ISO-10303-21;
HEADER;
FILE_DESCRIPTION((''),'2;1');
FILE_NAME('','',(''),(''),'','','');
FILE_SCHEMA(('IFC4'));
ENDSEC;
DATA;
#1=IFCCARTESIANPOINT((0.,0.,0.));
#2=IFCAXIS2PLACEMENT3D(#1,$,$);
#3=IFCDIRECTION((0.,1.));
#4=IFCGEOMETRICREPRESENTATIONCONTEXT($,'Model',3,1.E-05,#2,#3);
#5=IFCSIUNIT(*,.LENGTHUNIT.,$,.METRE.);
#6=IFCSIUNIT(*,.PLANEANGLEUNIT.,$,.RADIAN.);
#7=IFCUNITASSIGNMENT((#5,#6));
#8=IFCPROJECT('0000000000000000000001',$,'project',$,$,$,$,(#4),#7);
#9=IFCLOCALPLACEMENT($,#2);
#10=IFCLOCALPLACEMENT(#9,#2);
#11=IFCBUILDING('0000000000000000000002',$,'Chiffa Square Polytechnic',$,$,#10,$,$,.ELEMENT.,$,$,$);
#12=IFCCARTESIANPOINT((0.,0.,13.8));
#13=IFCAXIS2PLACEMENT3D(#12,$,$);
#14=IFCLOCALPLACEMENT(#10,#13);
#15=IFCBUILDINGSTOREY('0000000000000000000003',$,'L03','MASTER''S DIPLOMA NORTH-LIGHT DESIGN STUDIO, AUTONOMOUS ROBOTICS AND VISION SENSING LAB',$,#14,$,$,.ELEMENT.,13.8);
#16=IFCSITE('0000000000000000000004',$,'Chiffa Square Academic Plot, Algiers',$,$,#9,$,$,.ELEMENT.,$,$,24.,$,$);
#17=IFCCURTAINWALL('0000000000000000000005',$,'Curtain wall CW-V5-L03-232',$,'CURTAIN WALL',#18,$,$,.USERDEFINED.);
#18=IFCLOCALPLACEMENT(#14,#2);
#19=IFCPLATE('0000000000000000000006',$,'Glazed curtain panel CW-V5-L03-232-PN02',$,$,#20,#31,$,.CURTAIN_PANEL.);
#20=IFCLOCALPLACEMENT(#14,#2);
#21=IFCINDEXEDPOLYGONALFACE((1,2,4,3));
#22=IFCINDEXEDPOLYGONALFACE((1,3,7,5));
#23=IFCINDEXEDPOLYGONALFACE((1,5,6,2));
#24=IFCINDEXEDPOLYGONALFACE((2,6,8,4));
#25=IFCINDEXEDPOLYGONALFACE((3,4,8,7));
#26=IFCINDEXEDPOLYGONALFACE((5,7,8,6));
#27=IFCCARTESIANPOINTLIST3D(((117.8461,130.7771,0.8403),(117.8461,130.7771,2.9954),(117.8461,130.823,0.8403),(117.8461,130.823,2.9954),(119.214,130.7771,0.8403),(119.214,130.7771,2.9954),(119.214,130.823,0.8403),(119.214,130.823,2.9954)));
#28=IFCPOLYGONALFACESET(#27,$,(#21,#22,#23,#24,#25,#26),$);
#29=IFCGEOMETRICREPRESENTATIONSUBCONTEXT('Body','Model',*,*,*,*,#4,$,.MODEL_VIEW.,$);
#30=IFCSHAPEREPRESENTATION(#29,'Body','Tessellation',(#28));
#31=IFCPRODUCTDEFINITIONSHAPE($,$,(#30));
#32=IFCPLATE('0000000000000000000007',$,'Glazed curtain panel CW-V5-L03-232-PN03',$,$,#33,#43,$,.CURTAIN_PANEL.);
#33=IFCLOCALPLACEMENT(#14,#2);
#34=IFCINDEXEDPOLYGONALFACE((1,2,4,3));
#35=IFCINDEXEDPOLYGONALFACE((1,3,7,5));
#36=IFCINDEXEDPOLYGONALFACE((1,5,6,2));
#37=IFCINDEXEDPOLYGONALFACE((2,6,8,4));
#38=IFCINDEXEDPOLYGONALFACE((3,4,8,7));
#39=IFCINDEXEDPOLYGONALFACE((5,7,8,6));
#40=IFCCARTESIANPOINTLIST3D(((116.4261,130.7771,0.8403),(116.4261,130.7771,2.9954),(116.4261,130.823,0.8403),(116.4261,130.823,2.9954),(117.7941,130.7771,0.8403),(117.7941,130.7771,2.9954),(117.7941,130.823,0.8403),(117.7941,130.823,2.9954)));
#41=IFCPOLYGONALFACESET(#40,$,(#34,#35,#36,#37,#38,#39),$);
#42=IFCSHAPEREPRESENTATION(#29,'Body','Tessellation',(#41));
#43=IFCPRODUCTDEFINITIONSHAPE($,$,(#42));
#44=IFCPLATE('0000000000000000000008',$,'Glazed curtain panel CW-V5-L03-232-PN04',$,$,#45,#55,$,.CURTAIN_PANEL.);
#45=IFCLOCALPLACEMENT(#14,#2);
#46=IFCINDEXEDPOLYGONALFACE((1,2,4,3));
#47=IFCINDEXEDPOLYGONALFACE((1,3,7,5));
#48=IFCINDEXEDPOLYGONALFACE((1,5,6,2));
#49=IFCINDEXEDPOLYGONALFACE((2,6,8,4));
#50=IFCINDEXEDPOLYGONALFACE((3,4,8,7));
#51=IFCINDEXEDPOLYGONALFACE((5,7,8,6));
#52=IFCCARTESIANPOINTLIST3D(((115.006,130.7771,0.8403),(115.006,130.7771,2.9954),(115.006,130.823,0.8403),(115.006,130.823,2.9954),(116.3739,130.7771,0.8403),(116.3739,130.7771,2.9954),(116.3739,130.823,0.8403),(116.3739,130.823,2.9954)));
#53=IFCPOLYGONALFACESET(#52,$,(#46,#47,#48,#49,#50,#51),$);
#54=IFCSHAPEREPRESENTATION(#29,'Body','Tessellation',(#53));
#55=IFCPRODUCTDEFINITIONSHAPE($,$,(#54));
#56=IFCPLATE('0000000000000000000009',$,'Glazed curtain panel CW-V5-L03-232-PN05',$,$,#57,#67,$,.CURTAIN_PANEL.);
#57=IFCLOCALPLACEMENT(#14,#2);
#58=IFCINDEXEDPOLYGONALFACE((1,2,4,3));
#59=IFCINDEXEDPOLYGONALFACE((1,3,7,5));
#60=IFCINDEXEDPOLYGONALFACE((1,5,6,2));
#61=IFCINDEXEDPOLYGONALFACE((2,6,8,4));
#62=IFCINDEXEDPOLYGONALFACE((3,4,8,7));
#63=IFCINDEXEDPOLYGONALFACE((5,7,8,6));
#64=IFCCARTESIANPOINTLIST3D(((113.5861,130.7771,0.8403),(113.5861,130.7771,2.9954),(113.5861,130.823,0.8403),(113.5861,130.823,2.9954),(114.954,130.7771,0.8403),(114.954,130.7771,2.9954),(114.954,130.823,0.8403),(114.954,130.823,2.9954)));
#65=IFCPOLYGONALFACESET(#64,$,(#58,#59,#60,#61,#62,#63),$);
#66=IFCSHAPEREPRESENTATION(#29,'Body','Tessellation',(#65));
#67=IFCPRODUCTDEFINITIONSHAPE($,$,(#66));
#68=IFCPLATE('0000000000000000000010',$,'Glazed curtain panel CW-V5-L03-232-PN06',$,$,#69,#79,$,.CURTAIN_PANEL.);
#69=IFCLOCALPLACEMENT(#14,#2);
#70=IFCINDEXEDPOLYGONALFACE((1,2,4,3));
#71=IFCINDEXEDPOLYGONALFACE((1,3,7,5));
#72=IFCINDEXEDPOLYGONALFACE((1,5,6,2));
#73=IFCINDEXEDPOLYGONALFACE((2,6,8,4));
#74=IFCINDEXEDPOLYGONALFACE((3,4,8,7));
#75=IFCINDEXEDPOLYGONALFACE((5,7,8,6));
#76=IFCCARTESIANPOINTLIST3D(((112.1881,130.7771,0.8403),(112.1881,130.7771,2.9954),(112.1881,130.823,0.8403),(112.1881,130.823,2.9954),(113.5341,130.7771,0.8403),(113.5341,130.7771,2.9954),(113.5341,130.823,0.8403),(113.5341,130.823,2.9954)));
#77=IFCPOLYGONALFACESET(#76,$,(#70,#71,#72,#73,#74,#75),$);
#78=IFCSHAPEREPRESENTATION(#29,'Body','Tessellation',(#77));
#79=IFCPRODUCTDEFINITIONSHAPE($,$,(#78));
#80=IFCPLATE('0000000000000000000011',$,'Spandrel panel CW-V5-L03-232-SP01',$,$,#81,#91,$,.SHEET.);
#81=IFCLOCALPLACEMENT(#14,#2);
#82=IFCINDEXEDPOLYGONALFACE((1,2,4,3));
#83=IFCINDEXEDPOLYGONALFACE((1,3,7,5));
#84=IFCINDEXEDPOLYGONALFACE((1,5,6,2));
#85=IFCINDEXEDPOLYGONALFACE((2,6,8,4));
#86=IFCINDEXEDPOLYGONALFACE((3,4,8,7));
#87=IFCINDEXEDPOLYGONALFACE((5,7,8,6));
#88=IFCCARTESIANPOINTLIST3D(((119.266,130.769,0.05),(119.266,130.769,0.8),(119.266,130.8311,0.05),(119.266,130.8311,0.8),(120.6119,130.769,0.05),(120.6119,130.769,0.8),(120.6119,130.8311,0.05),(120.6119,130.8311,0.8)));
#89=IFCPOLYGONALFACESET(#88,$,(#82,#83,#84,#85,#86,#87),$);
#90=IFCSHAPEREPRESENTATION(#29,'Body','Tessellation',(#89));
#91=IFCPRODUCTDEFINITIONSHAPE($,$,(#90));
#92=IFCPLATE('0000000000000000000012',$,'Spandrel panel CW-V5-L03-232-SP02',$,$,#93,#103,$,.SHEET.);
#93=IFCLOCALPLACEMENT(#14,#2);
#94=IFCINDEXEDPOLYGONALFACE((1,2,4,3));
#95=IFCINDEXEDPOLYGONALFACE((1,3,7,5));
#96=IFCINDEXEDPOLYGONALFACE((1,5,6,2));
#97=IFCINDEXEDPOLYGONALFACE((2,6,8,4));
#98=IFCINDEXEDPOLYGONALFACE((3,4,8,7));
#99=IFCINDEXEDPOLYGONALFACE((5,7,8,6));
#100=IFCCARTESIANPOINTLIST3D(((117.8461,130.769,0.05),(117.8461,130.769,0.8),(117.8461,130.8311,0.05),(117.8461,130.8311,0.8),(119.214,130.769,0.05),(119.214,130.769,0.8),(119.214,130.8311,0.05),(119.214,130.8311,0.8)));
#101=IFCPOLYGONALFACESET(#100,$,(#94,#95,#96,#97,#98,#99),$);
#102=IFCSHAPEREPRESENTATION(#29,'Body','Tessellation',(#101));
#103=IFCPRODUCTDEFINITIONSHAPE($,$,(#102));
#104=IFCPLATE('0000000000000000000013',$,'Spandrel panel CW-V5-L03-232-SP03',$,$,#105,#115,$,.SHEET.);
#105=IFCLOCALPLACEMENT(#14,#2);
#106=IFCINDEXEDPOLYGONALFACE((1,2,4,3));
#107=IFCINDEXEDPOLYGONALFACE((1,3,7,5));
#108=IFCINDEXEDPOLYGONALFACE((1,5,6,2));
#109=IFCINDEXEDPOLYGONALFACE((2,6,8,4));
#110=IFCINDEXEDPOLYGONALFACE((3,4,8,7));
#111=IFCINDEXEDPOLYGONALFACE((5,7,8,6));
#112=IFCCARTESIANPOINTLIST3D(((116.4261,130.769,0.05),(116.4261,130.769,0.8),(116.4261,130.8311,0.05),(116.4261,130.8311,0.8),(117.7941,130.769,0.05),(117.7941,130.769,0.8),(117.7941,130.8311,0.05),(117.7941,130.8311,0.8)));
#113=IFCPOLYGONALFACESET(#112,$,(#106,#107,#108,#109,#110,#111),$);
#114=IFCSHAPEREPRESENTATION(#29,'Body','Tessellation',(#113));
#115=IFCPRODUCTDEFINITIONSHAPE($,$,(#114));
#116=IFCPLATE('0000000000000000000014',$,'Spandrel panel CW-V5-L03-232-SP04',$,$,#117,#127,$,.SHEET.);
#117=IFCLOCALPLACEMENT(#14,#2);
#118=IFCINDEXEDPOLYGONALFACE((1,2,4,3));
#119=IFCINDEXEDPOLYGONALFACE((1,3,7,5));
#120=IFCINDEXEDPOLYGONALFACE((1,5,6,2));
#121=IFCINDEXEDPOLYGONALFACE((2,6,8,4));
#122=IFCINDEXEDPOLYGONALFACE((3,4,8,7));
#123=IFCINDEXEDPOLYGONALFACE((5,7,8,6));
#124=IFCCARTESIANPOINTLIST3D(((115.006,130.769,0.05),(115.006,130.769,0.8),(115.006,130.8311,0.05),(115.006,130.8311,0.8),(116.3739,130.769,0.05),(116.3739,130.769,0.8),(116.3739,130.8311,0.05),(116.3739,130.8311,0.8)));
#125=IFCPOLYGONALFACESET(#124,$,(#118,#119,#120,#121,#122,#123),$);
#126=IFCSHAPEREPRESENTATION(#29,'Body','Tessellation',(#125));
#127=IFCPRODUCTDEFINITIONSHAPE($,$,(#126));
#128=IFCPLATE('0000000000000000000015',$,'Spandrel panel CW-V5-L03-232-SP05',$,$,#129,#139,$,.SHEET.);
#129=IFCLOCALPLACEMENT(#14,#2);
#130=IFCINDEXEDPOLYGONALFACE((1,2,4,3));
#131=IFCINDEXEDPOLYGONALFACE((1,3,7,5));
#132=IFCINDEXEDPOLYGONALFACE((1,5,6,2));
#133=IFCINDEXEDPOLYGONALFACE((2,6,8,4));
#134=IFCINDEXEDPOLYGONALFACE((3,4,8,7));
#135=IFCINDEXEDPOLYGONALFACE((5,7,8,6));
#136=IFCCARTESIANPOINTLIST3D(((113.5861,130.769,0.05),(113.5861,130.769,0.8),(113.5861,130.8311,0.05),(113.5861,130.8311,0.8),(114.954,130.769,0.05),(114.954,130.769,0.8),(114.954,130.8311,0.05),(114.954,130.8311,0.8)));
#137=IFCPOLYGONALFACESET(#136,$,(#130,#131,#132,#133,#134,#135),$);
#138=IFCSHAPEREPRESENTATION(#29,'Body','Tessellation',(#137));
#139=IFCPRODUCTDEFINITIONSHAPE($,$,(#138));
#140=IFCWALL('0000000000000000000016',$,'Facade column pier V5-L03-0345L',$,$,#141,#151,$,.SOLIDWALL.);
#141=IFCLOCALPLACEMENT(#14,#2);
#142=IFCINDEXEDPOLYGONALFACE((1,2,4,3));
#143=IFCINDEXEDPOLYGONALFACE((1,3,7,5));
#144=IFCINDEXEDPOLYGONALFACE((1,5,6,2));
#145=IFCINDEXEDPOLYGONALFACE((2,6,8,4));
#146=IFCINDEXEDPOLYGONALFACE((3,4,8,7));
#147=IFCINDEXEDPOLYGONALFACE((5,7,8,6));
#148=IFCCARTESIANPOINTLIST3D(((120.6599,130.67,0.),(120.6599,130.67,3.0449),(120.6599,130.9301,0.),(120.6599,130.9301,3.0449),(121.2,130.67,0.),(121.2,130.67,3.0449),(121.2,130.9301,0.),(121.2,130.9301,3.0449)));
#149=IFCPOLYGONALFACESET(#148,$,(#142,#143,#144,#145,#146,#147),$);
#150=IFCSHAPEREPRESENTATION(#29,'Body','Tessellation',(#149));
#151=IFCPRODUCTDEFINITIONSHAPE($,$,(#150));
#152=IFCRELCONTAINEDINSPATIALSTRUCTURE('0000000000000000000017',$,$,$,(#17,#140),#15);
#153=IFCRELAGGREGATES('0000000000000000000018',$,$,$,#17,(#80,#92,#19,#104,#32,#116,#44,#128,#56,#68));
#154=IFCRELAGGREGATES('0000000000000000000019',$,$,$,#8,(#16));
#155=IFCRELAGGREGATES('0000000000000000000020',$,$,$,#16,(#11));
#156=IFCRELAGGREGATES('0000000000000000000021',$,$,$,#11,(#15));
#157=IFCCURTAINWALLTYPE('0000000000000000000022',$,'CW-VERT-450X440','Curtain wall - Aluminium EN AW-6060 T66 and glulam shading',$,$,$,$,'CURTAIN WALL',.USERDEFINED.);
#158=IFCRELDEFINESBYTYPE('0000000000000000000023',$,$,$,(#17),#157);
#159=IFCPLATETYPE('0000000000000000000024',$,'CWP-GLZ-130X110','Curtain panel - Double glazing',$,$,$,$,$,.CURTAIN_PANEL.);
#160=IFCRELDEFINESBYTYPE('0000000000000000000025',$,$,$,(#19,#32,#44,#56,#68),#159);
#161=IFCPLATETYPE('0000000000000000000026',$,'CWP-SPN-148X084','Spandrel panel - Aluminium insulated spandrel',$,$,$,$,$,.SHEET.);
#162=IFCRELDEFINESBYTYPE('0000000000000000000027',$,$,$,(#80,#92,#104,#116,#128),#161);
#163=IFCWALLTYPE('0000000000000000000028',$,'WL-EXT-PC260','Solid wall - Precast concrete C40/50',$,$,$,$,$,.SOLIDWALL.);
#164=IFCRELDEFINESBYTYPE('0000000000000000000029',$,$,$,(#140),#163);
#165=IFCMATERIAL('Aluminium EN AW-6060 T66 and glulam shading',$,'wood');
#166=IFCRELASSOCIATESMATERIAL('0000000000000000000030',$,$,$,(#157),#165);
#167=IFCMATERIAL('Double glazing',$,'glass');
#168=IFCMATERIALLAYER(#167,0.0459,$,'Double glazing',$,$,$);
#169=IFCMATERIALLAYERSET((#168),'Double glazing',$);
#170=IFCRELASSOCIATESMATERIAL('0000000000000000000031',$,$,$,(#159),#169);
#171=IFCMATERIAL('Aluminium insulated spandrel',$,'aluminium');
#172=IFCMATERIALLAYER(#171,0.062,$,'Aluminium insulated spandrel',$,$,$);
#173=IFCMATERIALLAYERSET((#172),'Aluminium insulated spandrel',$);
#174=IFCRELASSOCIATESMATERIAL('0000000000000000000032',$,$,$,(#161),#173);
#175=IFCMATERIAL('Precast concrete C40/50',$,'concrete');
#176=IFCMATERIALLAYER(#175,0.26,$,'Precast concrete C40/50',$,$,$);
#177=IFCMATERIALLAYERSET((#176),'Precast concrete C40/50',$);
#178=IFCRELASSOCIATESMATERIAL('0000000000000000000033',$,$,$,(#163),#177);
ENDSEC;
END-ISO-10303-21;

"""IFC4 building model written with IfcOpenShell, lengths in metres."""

from ifc_helpers import new_model, si_unit, direction, frame, frame_2d, origin, origin_2d, place, context, subcontext, project, spatial, rectangle, extrude, material, layer, layer_set, type_object, element, aggregate, save


model = new_model("IFC4")

# Units and contexts
model_context = context("Model", 3, precision=1e-05, world=origin(), true_north=direction((0.0, 1.0)))
body_context = subcontext(model_context, "Body", "Model", "MODEL_VIEW")
ifc_project = project(units=[si_unit("LENGTHUNIT", "METRE"), si_unit("PLANEANGLEUNIT", "RADIAN")], contexts=[model_context])

# Site, building, storey
site_placement = place(None, origin())
site = spatial("IfcSite", under=ifc_project, at=site_placement, Name="Chiffa Square Academic Plot, Algiers", CompositionType="ELEMENT", RefElevation=24.0)
building_placement = place(site_placement, origin())
building = spatial("IfcBuilding", under=site, at=building_placement, Name="Chiffa Square Polytechnic", CompositionType="ELEMENT")
storey_placement = place(building_placement, frame((0.0, 0.0, 13.8)))
storey = spatial("IfcBuildingStorey", under=building, at=storey_placement, Name="L03", Description="MASTER'S DIPLOMA NORTH-LIGHT DESIGN STUDIO, AUTONOMOUS ROBOTICS AND VISION SENSING LAB", CompositionType="ELEMENT", Elevation=13.8)

# Curtain wall
ifc_material_1 = material(Name="Aluminium EN AW-6060 T66 and glulam shading", Category="wood")
curtain_wall_type = type_object("IfcCurtainWallType", Name="CW-VERT-450X440", Description="Curtain wall - Aluminium EN AW-6060 T66 and glulam shading", ElementType="CURTAIN WALL", PredefinedType="USERDEFINED", material=ifc_material_1)
curtain_wall_placement = place(storey_placement, origin())
curtain_wall = element("IfcCurtainWall", 1, at=curtain_wall_placement, inside=storey, type_object=curtain_wall_type, Name="Curtain wall CW-V5-L03-232", ObjectType="CURTAIN WALL", PredefinedType="USERDEFINED")

# Plates
ifc_material_2 = material(Name="Double glazing", Category="glass")
ifc_layer_1 = layer(ifc_material_2, 0.0459, Name="Double glazing")
ifc_layer_set_1 = layer_set([ifc_layer_1], Name="Double glazing")
plate_type_1 = type_object("IfcPlateType", Name="CWP-GLZ-130X110", Description="Curtain panel - Double glazing", PredefinedType="CURTAIN_PANEL", material=ifc_layer_set_1)
plate_1_placement = place(storey_placement, frame((118.53, 130.8, 0.8403), z_axis=(0.0, 0.0, 1.0), x_axis=(-1.0, 0.0, 0.0)))
plate_1 = element("IfcPlate", 2, at=plate_1_placement, type_object=plate_type_1, Name="Glazed curtain panel CW-V5-L03-232-PN02", PredefinedType="CURTAIN_PANEL", context=body_context, shape_type="SweptSolid", body=[
    extrude(rectangle(XDim=1.3679, YDim=0.0459, at=origin_2d()), origin(), (0.0, 0.0, 1.0), 2.155),
])
plate_2_placement = place(storey_placement, frame((117.1101, 130.8, 0.8403), z_axis=(0.0, 0.0, 1.0), x_axis=(-1.0, 0.0, 0.0)))
plate_2 = element("IfcPlate", 3, at=plate_2_placement, type_object=plate_type_1, Name="Glazed curtain panel CW-V5-L03-232-PN03", PredefinedType="CURTAIN_PANEL", context=body_context, shape_type="SweptSolid", body=[
    extrude(rectangle(XDim=1.3679, YDim=0.0459, at=origin_2d()), origin(), (0.0, 0.0, 1.0), 2.155),
])
plate_3_placement = place(storey_placement, frame((115.6899, 130.8, 0.8403), z_axis=(0.0, 0.0, 1.0), x_axis=(-1.0, 0.0, 0.0)))
plate_3 = element("IfcPlate", 4, at=plate_3_placement, type_object=plate_type_1, Name="Glazed curtain panel CW-V5-L03-232-PN04", PredefinedType="CURTAIN_PANEL", context=body_context, shape_type="SweptSolid", body=[
    extrude(rectangle(XDim=1.3679, YDim=0.0459, at=origin_2d()), origin(), (0.0, 0.0, 1.0), 2.155),
])
plate_4_placement = place(storey_placement, frame((114.27, 130.8, 0.8403), z_axis=(0.0, 0.0, 1.0), x_axis=(-1.0, 0.0, 0.0)))
plate_4 = element("IfcPlate", 5, at=plate_4_placement, type_object=plate_type_1, Name="Glazed curtain panel CW-V5-L03-232-PN05", PredefinedType="CURTAIN_PANEL", context=body_context, shape_type="SweptSolid", body=[
    extrude(rectangle(XDim=1.3679, YDim=0.0459, at=origin_2d()), origin(), (0.0, 0.0, 1.0), 2.155),
])
plate_5_placement = place(storey_placement, frame((112.8611, 130.8, 0.8403), z_axis=(0.0, 0.0, 1.0), x_axis=(-1.0, 0.0, 0.0)))
plate_5 = element("IfcPlate", 6, at=plate_5_placement, type_object=plate_type_1, Name="Glazed curtain panel CW-V5-L03-232-PN06", PredefinedType="CURTAIN_PANEL", context=body_context, shape_type="SweptSolid", body=[
    extrude(rectangle(XDim=1.3459, YDim=0.0459, at=origin_2d()), origin(), (0.0, 0.0, 1.0), 2.155),
])
ifc_material_3 = material(Name="Aluminium insulated spandrel", Category="aluminium")
ifc_layer_2 = layer(ifc_material_3, 0.062, Name="Aluminium insulated spandrel")
ifc_layer_set_2 = layer_set([ifc_layer_2], Name="Aluminium insulated spandrel")
plate_type_2 = type_object("IfcPlateType", Name="CWP-SPN-148X084", Description="Spandrel panel - Aluminium insulated spandrel", PredefinedType="SHEET", material=ifc_layer_set_2)
plate_6_placement = place(storey_placement, frame((119.939, 130.8, 0.05), z_axis=(0.0, 0.0, 1.0), x_axis=(-1.0, 0.0, 0.0)))
plate_6 = element("IfcPlate", 7, at=plate_6_placement, type_object=plate_type_2, Name="Spandrel panel CW-V5-L03-232-SP01", PredefinedType="SHEET", context=body_context, shape_type="SweptSolid", body=[
    extrude(rectangle(XDim=1.3459, YDim=0.062, at=origin_2d()), origin(), (0.0, 0.0, 1.0), 0.75),
])
plate_7_placement = place(storey_placement, frame((118.53, 130.8, 0.05), z_axis=(0.0, 0.0, 1.0), x_axis=(-1.0, 0.0, 0.0)))
plate_7 = element("IfcPlate", 8, at=plate_7_placement, type_object=plate_type_2, Name="Spandrel panel CW-V5-L03-232-SP02", PredefinedType="SHEET", context=body_context, shape_type="SweptSolid", body=[
    extrude(rectangle(XDim=1.3679, YDim=0.062, at=origin_2d()), origin(), (0.0, 0.0, 1.0), 0.75),
])
plate_8_placement = place(storey_placement, frame((117.1101, 130.8, 0.05), z_axis=(0.0, 0.0, 1.0), x_axis=(-1.0, 0.0, 0.0)))
plate_8 = element("IfcPlate", 9, at=plate_8_placement, type_object=plate_type_2, Name="Spandrel panel CW-V5-L03-232-SP03", PredefinedType="SHEET", context=body_context, shape_type="SweptSolid", body=[
    extrude(rectangle(XDim=1.3679, YDim=0.062, at=origin_2d()), origin(), (0.0, 0.0, 1.0), 0.75),
])
plate_9_placement = place(storey_placement, frame((115.6899, 130.8, 0.05), z_axis=(0.0, 0.0, 1.0), x_axis=(-1.0, 0.0, 0.0)))
plate_9 = element("IfcPlate", 10, at=plate_9_placement, type_object=plate_type_2, Name="Spandrel panel CW-V5-L03-232-SP04", PredefinedType="SHEET", context=body_context, shape_type="SweptSolid", body=[
    extrude(rectangle(XDim=1.3679, YDim=0.062, at=origin_2d()), origin(), (0.0, 0.0, 1.0), 0.75),
])
plate_10_placement = place(storey_placement, frame((114.27, 130.8, 0.05), z_axis=(0.0, 0.0, 1.0), x_axis=(-1.0, 0.0, 0.0)))
plate_10 = element("IfcPlate", 11, at=plate_10_placement, type_object=plate_type_2, Name="Spandrel panel CW-V5-L03-232-SP05", PredefinedType="SHEET", context=body_context, shape_type="SweptSolid", body=[
    extrude(rectangle(XDim=1.3679, YDim=0.062, at=origin_2d()), origin(), (0.0, 0.0, 1.0), 0.75),
])
aggregate(curtain_wall, [plate_6, plate_7, plate_1, plate_8, plate_2, plate_9, plate_3, plate_10, plate_4, plate_5])

# Wall
ifc_material_4 = material(Name="Precast concrete C40/50", Category="concrete")
ifc_layer_3 = layer(ifc_material_4, 0.26, Name="Precast concrete C40/50")
ifc_layer_set_3 = layer_set([ifc_layer_3], Name="Precast concrete C40/50")
wall_type = type_object("IfcWallType", Name="WL-EXT-PC260", Description="Solid wall - Precast concrete C40/50", PredefinedType="SOLIDWALL", material=ifc_layer_set_3)
wall_placement = place(storey_placement, frame((121.2, 130.8, 0.0), z_axis=(0.0, 0.0, 1.0), x_axis=(-1.0, 0.0, 0.0)))
element("IfcWall", 12, at=wall_placement, inside=storey, type_object=wall_type, Name="Facade column pier V5-L03-0345L", PredefinedType="SOLIDWALL", context=body_context, shape_type="SweptSolid", body=[
    extrude(rectangle(XDim=0.54, YDim=0.26, at=frame_2d((0.27, 0.0))), origin(), (0.0, 0.0, 1.0), 3.0449),
])

save(model, "model.ifc")
